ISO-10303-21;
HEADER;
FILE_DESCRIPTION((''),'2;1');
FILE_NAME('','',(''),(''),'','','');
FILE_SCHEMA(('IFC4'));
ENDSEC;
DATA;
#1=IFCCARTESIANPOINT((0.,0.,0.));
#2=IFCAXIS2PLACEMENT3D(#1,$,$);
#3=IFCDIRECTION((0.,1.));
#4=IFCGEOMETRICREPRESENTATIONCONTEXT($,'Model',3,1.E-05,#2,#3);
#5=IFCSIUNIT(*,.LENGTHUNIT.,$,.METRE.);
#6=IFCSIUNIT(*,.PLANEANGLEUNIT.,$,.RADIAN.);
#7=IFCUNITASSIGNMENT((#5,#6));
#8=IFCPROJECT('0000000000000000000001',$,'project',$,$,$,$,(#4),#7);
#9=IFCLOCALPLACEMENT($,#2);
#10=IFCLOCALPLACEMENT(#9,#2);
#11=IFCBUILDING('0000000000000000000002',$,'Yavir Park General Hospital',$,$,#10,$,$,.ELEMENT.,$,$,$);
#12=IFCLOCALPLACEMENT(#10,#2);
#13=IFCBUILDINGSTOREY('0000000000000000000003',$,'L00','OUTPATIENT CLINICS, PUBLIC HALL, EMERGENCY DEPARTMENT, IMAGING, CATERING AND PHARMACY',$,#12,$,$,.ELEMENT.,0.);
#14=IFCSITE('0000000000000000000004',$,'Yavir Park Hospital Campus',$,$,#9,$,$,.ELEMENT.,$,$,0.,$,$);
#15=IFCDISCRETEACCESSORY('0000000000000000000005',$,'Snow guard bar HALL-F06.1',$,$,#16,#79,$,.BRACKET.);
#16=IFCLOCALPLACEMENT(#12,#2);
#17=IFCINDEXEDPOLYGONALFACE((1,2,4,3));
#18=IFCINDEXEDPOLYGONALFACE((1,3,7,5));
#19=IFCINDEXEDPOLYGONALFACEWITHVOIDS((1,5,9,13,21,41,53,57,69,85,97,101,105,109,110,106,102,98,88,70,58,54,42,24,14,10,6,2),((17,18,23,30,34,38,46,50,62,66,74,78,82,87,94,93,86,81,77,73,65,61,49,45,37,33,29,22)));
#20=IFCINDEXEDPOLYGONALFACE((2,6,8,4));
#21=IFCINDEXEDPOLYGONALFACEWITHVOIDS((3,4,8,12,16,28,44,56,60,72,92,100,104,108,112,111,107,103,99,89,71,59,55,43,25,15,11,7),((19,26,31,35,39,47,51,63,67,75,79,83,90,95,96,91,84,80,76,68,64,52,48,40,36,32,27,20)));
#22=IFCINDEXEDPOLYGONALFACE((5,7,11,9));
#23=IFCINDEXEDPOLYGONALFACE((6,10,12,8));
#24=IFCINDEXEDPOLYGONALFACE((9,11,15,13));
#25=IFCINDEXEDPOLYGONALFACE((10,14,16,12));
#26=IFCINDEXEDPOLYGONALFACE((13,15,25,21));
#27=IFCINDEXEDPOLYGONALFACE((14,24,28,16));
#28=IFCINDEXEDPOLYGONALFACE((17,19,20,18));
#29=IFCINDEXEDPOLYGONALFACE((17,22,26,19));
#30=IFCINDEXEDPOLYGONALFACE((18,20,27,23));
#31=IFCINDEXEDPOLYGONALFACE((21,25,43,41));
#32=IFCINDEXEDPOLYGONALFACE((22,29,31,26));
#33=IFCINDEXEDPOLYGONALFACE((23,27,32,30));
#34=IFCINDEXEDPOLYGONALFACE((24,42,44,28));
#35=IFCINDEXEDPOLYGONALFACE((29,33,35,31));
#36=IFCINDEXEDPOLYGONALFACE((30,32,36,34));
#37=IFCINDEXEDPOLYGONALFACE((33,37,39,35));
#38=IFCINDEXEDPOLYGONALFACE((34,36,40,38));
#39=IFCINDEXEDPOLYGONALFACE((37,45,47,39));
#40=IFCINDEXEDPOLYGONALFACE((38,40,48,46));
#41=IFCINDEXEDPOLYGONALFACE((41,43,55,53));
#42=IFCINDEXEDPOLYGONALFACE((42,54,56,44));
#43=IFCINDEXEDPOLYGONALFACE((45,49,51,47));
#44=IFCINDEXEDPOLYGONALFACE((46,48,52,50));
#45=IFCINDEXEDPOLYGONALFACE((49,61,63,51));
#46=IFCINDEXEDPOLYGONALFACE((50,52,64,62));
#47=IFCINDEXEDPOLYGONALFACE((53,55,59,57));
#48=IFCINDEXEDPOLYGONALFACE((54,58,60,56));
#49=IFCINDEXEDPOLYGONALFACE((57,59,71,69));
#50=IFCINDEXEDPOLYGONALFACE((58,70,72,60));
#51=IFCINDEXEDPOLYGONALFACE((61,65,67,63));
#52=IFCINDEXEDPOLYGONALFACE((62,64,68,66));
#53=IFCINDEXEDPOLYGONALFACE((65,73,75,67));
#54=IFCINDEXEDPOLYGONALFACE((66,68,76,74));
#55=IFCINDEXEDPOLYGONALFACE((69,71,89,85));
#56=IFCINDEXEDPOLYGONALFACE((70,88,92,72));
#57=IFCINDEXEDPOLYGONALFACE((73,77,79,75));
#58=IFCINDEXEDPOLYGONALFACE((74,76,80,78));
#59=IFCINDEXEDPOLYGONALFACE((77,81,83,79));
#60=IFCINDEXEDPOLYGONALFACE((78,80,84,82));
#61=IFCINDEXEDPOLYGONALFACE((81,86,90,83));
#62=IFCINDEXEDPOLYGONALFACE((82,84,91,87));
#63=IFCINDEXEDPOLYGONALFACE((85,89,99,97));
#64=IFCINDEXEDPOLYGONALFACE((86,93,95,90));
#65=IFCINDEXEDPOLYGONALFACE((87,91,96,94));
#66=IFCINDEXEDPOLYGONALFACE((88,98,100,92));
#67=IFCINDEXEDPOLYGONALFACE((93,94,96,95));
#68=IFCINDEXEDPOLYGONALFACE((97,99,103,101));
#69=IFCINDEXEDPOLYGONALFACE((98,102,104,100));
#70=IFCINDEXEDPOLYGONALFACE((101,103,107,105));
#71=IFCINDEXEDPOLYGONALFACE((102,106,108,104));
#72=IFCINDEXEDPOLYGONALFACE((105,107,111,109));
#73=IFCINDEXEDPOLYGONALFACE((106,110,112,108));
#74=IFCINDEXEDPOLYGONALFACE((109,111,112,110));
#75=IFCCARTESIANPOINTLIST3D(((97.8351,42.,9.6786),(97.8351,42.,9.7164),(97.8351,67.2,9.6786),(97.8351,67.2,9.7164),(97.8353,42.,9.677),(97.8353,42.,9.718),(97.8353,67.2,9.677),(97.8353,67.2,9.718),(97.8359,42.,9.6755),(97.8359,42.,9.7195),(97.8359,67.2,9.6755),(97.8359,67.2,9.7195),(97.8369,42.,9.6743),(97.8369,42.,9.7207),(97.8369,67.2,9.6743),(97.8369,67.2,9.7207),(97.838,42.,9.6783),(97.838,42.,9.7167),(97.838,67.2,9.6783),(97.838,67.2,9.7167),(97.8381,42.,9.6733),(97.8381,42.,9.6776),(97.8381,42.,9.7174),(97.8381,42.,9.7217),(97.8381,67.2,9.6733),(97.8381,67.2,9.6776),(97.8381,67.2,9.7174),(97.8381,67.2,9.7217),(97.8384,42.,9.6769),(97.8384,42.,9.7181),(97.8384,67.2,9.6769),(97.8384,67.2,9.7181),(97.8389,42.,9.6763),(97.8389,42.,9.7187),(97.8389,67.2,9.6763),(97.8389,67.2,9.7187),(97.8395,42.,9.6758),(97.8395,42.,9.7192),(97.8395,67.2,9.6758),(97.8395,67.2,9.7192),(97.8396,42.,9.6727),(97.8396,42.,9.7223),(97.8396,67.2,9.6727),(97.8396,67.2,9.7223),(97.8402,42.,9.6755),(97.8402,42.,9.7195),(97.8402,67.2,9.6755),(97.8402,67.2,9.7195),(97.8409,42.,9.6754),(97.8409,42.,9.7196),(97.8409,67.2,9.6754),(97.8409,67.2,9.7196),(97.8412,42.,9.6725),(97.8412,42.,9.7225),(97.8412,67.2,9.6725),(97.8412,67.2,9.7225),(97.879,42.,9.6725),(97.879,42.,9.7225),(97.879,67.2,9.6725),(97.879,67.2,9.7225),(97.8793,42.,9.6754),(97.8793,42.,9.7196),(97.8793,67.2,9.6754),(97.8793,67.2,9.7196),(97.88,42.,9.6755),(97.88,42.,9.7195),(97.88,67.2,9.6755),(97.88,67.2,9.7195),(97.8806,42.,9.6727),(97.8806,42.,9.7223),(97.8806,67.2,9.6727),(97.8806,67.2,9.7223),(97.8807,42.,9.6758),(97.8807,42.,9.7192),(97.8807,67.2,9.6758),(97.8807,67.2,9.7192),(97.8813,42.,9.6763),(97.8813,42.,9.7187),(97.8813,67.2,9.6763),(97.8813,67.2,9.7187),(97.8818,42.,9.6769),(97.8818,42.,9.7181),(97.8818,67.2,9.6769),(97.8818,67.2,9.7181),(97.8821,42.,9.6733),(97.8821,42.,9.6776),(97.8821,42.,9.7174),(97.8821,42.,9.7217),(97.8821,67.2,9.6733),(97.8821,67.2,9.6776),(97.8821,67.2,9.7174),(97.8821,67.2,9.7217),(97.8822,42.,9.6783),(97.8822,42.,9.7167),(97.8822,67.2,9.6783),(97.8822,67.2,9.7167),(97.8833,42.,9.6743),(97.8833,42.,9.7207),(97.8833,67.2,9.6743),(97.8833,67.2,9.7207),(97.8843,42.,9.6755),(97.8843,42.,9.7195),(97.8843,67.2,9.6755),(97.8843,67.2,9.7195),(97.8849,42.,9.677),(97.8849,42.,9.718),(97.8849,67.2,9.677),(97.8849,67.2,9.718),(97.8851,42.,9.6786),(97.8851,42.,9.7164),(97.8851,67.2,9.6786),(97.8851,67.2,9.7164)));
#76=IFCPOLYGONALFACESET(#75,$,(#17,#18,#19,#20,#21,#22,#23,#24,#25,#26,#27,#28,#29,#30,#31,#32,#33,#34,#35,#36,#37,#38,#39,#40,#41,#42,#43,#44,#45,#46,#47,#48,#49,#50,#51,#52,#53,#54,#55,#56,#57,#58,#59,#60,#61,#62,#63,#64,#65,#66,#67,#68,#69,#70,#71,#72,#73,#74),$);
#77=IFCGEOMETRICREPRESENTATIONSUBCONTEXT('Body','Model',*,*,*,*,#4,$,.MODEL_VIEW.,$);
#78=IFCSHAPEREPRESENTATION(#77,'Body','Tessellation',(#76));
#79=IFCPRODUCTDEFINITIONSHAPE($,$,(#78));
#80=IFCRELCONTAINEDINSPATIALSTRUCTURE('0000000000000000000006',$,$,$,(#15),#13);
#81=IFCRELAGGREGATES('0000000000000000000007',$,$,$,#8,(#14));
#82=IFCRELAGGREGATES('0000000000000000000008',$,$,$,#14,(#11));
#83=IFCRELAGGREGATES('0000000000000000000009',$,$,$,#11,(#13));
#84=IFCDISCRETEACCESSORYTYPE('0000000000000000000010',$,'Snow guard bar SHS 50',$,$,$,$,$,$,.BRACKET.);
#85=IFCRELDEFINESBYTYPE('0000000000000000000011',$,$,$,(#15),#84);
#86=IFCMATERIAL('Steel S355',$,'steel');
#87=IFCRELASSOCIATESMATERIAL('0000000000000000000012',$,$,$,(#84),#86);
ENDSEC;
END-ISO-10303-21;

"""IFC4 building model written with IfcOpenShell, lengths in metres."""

from ifc_helpers import new_model, si_unit, direction, frame, origin, origin_2d, place, context, subcontext, project, spatial, hollow_rectangle, extrude, material, material_profile, profile_set, type_object, element, save


model = new_model("IFC4")

# Units and contexts
model_context = context("Model", 3, precision=1e-05, world=origin(), true_north=direction((0.0, 1.0)))
body_context = subcontext(model_context, "Body", "Model", "MODEL_VIEW")
ifc_project = project(units=[si_unit("LENGTHUNIT", "METRE"), si_unit("PLANEANGLEUNIT", "RADIAN")], contexts=[model_context])

# Site, building, storey
site_placement = place(None, origin())
site = spatial("IfcSite", under=ifc_project, at=site_placement, Name="Yavir Park Hospital Campus", CompositionType="ELEMENT", RefElevation=0.0)
building_placement = place(site_placement, origin())
building = spatial("IfcBuilding", under=site, at=building_placement, Name="Yavir Park General Hospital", CompositionType="ELEMENT")
storey_placement = place(building_placement, origin())
storey = spatial("IfcBuildingStorey", under=building, at=storey_placement, Name="L00", Description="OUTPATIENT CLINICS, PUBLIC HALL, EMERGENCY DEPARTMENT, IMAGING, CATERING AND PHARMACY", CompositionType="ELEMENT", Elevation=0.0)

# Discrete accessory
ifc_material_1 = material(Name="Steel S355", Category="steel")
ifc_material_profile_1 = material_profile(ifc_material_1, hollow_rectangle(XDim=0.05, YDim=0.05, WallThickness=0.0029, InnerFilletRadius=0.0029, OuterFilletRadius=0.0061, at=origin_2d()), Name="RHS50x50x3")
ifc_profile_set_1 = profile_set([ifc_material_profile_1], Name="Steel S355")
discrete_accessory_type_1 = type_object("IfcDiscreteAccessoryType", Name="Snow guard bar SHS 50", PredefinedType="BRACKET", material=ifc_profile_set_1)
for number, where, z_axis, x_axis, name in (
    (1, (97.8601, 42.0, 9.6975), (0.0, 1.0, 0.0), (-1.0, 0.0, 0.0), "Snow guard bar HALL-F06.1"),
):
    element("IfcDiscreteAccessory", number, at=place(storey_placement, frame(where, z_axis=z_axis, x_axis=x_axis)), inside=storey, type_object=discrete_accessory_type_1, Name=name, PredefinedType="BRACKET", context=body_context, shape_type="SweptSolid", body=[
        extrude(hollow_rectangle(XDim=0.05, YDim=0.05, WallThickness=0.0029, InnerFilletRadius=0.0029, OuterFilletRadius=0.0061, at=origin_2d()), origin(), (0.0, 0.0, 1.0), 25.2),
    ])

save(model, "model.ifc")
